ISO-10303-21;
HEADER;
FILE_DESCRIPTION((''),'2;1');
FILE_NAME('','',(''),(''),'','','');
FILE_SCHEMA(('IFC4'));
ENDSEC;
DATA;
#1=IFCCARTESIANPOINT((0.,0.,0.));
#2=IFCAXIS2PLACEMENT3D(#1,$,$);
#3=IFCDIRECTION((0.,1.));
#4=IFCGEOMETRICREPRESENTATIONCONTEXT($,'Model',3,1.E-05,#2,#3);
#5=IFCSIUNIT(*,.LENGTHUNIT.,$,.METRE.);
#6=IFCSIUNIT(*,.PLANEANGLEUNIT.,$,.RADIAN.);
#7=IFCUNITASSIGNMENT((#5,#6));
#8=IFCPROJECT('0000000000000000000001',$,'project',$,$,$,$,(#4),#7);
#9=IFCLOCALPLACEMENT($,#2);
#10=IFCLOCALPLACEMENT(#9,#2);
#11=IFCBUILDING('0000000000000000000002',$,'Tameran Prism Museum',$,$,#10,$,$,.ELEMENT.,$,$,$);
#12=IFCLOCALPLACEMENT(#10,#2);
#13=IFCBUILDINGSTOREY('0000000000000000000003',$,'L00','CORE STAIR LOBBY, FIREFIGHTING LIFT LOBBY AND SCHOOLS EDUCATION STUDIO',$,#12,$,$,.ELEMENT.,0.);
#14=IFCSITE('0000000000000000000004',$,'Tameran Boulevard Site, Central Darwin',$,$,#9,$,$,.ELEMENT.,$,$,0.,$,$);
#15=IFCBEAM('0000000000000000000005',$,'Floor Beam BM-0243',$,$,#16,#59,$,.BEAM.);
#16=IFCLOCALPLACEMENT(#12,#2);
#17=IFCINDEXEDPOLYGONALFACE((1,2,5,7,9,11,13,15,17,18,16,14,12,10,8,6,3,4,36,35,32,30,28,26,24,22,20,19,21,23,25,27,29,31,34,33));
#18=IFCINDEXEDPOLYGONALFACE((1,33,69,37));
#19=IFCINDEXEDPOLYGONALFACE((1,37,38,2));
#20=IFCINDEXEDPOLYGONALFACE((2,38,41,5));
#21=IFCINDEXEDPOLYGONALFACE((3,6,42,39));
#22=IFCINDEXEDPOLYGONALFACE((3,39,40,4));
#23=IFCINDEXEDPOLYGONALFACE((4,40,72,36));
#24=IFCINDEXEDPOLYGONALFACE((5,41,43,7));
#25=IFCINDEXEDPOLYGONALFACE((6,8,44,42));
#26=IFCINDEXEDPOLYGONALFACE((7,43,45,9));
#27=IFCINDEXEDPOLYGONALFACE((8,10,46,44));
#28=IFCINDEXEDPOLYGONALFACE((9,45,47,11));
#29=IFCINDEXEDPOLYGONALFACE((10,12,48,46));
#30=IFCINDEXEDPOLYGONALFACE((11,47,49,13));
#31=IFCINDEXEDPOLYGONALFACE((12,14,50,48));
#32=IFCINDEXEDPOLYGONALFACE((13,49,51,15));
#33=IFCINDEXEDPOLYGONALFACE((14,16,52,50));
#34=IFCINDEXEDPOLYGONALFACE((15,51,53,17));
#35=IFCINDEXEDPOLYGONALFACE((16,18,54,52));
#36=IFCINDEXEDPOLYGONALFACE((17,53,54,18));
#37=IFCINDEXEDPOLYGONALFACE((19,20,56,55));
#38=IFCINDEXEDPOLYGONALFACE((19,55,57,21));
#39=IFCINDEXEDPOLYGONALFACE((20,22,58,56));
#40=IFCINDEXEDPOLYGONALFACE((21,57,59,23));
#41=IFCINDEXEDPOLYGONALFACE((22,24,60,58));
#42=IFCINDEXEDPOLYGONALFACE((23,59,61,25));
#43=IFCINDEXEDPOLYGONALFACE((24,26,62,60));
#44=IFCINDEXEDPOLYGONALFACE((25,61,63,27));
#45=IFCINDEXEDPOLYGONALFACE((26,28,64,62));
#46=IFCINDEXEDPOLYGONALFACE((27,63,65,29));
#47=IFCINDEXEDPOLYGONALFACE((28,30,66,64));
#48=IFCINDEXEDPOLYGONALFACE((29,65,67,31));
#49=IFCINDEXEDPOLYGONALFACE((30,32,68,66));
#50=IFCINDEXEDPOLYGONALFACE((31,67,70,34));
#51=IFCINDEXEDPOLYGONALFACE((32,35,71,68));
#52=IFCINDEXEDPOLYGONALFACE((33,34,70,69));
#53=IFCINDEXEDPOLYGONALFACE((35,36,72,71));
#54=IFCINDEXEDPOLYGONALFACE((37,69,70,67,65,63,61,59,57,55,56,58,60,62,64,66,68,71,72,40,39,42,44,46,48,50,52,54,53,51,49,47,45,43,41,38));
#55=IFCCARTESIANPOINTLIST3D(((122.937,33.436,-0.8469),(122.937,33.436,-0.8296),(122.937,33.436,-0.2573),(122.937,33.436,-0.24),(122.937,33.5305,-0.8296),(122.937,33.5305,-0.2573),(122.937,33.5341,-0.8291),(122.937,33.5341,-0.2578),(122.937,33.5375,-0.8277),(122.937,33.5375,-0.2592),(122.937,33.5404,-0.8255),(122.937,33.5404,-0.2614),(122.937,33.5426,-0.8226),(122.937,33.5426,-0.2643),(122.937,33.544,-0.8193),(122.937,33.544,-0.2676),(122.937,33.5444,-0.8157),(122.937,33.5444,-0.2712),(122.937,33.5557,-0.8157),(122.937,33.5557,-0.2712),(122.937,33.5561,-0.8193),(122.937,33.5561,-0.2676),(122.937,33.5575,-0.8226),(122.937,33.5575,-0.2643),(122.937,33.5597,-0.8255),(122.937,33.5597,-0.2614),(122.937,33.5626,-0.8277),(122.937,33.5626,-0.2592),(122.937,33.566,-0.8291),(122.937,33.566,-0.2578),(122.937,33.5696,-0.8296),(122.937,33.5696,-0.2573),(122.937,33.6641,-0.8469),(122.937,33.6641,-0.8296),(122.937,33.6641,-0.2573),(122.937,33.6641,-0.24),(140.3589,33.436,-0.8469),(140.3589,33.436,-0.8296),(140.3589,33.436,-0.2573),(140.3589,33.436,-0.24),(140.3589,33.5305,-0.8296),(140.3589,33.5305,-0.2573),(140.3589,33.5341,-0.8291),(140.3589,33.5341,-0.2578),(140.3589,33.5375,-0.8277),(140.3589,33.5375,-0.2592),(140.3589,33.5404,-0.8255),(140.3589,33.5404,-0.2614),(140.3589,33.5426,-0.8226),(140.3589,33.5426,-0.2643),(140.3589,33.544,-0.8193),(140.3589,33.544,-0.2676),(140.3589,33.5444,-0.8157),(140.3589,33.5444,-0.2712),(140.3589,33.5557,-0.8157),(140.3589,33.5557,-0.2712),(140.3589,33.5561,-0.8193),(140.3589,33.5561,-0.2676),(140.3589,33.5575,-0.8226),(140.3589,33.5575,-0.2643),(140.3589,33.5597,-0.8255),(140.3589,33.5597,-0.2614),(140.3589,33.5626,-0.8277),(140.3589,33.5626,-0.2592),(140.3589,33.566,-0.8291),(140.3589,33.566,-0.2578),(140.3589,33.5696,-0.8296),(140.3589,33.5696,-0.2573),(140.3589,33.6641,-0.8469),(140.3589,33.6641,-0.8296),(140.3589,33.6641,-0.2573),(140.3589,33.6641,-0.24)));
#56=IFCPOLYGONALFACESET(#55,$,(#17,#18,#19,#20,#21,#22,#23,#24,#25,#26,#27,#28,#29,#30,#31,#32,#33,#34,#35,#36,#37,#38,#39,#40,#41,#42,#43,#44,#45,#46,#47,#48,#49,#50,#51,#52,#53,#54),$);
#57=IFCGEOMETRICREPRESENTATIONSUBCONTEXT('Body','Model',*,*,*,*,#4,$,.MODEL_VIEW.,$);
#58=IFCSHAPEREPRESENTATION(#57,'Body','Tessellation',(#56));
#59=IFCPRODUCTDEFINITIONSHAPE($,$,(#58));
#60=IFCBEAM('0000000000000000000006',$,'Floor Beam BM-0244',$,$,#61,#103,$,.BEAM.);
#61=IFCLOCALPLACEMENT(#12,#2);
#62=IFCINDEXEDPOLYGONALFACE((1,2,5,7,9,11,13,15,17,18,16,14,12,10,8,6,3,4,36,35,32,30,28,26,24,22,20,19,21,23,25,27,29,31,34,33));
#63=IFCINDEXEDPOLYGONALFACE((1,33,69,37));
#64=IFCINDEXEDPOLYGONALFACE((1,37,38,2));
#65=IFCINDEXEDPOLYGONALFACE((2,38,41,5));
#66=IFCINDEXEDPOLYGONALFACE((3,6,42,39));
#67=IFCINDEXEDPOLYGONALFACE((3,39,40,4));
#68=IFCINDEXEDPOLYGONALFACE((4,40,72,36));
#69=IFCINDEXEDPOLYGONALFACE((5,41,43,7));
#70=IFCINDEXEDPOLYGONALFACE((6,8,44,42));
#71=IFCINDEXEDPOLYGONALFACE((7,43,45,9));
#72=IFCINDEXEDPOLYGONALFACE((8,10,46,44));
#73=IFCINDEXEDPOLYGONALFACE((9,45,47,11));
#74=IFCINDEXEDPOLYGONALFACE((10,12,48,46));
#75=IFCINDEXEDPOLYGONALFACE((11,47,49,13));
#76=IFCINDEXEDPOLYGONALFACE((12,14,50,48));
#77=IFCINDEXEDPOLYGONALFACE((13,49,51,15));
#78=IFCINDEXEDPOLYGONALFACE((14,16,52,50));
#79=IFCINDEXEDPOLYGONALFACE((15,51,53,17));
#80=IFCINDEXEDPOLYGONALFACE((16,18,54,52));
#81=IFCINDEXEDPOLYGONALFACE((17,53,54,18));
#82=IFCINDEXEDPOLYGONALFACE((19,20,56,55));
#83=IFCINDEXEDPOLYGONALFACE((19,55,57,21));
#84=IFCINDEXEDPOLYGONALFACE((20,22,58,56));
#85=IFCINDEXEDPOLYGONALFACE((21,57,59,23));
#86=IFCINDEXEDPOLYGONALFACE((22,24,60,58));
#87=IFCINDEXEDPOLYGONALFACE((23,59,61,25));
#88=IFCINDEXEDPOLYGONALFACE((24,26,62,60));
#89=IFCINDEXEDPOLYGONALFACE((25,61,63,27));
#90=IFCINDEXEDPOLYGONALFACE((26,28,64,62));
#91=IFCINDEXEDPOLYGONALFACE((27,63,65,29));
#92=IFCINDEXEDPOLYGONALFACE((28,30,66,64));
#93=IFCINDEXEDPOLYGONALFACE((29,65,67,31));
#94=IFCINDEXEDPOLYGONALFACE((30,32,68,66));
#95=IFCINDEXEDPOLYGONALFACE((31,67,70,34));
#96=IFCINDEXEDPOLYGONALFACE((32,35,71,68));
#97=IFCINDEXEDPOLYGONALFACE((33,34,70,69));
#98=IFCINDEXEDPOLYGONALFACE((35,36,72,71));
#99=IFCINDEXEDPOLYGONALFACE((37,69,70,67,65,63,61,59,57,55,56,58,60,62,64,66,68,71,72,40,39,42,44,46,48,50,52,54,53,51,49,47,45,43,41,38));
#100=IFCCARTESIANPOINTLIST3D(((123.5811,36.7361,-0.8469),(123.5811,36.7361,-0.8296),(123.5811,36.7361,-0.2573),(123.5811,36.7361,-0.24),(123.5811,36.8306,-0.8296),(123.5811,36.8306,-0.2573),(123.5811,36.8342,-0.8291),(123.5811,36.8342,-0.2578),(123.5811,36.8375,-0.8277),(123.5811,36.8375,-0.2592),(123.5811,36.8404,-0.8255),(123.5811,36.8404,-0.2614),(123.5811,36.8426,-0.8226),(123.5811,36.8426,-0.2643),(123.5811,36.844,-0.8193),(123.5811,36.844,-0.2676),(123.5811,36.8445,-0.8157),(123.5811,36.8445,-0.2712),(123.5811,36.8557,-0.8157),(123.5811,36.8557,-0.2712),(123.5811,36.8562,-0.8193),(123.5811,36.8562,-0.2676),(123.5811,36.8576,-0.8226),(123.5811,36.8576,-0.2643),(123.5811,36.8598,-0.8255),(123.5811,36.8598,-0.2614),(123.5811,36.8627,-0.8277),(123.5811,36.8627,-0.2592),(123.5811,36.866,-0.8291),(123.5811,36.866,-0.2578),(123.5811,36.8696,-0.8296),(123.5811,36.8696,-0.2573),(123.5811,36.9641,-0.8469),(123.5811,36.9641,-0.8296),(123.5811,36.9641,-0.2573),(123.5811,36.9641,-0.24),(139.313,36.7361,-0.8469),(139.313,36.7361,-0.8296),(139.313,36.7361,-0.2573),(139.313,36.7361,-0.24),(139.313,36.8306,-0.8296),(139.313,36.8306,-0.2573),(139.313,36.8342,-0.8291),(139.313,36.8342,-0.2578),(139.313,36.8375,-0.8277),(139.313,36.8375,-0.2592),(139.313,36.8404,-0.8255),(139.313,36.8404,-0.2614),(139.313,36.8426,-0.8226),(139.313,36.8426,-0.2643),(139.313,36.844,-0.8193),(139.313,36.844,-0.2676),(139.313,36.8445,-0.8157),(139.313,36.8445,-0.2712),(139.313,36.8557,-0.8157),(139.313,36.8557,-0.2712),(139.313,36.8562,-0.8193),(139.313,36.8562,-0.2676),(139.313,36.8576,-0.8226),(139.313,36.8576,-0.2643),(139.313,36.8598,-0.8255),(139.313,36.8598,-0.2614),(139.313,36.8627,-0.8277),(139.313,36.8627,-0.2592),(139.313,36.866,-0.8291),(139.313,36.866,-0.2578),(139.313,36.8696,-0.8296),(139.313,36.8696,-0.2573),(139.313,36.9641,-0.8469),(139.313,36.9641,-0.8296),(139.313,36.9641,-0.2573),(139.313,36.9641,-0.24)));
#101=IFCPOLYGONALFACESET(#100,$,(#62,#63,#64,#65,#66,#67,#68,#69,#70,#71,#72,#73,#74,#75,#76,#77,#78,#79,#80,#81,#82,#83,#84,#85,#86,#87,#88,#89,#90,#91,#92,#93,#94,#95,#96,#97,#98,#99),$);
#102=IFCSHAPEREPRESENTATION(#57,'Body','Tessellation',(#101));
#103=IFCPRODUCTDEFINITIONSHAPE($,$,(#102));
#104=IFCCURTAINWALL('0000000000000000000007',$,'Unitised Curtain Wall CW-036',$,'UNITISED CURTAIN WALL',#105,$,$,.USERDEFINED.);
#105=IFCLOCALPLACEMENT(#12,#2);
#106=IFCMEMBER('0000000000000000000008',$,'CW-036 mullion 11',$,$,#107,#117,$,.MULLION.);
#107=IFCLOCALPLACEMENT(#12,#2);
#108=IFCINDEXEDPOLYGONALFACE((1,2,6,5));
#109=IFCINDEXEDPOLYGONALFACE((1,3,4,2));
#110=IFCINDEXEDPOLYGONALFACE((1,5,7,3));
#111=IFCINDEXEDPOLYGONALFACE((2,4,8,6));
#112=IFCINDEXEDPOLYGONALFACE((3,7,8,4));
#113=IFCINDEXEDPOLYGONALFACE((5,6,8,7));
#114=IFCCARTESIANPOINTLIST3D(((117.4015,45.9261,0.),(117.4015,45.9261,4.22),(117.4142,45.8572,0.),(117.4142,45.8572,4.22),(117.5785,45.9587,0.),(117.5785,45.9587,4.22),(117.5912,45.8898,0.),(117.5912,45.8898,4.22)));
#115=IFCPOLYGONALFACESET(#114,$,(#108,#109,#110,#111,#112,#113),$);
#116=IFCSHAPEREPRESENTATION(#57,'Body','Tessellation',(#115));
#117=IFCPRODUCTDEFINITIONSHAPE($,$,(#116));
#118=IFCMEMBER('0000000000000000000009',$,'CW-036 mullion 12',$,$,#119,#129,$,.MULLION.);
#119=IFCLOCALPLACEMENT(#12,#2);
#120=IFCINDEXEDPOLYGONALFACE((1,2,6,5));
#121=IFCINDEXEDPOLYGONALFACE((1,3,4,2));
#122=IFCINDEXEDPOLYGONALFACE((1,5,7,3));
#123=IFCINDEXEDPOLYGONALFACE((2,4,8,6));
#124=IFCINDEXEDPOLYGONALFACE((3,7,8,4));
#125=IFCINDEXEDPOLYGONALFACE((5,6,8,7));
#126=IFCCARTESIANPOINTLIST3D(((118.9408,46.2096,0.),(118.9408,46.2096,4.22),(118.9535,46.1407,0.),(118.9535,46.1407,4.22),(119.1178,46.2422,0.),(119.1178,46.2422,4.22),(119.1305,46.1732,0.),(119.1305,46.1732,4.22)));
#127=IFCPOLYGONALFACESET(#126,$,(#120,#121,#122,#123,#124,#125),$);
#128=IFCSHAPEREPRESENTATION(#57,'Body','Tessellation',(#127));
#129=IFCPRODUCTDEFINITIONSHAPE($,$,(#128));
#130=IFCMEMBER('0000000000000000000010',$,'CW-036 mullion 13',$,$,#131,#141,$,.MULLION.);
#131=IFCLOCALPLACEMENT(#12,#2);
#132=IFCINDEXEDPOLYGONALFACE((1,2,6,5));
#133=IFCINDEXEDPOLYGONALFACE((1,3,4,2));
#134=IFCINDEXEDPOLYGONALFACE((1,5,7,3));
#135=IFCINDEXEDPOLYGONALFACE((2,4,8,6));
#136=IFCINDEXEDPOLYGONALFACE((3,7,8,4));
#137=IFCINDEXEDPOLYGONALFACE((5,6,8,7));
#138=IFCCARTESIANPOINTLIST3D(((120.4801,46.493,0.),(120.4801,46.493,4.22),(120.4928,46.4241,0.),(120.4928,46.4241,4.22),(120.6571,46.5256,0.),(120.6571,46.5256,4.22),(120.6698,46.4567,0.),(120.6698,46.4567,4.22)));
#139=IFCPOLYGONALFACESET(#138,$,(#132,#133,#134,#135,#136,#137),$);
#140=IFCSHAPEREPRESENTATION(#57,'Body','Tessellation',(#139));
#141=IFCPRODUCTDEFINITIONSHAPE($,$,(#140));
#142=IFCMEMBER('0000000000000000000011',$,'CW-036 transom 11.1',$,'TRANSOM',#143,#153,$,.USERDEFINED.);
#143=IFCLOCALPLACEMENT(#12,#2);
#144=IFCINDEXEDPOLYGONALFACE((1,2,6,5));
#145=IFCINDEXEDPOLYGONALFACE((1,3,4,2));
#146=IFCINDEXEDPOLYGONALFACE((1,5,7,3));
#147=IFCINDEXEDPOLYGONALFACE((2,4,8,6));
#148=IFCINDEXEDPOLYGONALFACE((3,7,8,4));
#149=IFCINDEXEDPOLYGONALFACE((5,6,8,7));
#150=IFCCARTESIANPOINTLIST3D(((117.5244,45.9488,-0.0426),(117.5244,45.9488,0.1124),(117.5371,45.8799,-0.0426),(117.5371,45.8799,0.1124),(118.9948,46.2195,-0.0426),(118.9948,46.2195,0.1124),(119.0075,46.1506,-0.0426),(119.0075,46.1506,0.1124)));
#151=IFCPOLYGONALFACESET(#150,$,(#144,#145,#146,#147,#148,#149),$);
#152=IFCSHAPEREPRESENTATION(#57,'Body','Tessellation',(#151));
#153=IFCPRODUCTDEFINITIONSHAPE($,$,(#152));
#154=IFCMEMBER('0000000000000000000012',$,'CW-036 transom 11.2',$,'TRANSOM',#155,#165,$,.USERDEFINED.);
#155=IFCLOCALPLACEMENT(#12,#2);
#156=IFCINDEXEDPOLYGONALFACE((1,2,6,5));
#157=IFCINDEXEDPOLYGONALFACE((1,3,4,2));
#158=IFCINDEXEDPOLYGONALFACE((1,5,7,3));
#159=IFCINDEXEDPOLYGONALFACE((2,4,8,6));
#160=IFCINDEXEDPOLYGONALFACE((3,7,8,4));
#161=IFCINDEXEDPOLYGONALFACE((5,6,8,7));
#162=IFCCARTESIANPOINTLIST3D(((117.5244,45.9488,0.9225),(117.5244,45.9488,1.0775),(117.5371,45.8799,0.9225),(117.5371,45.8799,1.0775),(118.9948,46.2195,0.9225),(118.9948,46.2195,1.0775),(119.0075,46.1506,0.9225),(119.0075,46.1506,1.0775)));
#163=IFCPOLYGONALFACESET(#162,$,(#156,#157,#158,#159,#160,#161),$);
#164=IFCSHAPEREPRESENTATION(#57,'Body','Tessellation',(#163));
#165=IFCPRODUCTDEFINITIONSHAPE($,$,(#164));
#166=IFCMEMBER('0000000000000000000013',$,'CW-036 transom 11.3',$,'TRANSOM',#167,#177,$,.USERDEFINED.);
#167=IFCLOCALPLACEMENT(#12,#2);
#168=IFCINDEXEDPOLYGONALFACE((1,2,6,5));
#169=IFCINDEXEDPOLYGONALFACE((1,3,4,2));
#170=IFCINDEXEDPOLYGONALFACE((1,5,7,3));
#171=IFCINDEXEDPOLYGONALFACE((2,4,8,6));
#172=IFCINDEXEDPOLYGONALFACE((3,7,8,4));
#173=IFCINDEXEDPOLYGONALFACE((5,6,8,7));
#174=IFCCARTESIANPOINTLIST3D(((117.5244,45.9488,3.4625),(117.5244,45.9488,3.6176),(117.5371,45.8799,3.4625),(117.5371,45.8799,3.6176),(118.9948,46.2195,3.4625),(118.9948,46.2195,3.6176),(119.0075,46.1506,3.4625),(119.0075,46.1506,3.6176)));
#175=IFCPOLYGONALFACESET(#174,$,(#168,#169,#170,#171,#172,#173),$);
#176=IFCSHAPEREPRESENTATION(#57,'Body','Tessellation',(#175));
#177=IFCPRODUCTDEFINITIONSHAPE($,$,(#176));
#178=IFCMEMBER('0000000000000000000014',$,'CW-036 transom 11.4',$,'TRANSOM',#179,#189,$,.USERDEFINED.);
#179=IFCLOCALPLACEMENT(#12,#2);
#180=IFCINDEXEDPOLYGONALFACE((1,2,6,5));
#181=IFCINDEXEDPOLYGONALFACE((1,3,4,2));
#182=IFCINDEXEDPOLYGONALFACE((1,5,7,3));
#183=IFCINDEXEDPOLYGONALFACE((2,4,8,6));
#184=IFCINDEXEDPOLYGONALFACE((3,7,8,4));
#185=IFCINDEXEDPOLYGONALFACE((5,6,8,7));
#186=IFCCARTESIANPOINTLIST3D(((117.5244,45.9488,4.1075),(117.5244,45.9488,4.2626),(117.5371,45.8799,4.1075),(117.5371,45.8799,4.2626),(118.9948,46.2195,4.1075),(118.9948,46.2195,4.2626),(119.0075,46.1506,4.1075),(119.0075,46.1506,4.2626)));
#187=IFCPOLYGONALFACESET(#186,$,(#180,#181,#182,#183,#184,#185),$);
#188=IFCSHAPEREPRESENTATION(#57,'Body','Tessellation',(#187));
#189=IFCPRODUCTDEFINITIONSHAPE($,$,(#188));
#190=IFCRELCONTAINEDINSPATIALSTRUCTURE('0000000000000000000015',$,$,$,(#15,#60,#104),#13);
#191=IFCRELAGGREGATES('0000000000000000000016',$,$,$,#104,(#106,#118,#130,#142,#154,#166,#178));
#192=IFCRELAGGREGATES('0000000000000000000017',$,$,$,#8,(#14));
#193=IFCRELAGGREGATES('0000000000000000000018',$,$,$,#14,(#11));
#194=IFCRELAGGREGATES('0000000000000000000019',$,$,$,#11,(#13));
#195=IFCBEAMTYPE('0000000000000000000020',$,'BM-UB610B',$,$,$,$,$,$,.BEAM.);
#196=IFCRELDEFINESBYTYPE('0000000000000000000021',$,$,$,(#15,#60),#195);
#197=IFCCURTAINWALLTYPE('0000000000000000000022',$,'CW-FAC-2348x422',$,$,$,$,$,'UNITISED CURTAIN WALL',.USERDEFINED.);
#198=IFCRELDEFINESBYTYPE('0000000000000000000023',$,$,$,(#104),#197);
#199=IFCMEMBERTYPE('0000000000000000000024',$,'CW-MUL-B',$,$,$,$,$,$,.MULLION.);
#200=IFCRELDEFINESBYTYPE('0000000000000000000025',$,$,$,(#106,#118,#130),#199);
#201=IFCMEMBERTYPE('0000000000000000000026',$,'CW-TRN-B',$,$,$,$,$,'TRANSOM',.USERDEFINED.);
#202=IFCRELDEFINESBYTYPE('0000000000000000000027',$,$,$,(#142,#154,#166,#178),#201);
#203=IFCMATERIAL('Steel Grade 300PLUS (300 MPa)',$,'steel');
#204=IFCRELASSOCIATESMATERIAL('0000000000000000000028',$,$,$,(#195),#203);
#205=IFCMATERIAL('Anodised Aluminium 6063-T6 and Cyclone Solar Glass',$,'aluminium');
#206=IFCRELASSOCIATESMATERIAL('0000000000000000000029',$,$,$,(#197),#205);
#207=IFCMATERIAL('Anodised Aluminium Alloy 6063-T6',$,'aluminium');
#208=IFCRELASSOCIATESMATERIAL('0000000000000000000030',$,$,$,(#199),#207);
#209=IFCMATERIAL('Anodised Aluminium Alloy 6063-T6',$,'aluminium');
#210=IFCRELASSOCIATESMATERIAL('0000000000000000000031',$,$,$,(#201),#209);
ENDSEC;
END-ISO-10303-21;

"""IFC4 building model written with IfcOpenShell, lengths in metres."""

from ifc_helpers import new_model, si_unit, direction, frame, origin, origin_2d, place, context, subcontext, project, spatial, rectangle, i_section, extrude, material, material_profile, profile_set, type_object, element, aggregate, save


model = new_model("IFC4")

# Units and contexts
model_context = context("Model", 3, precision=1e-05, world=origin(), true_north=direction((0.0, 1.0)))
body_context = subcontext(model_context, "Body", "Model", "MODEL_VIEW")
ifc_project = project(units=[si_unit("LENGTHUNIT", "METRE"), si_unit("PLANEANGLEUNIT", "RADIAN")], contexts=[model_context])

# Site, building, storey
site_placement = place(None, origin())
site = spatial("IfcSite", under=ifc_project, at=site_placement, Name="Tameran Boulevard Site, Central Darwin", CompositionType="ELEMENT", RefElevation=0.0)
building_placement = place(site_placement, origin())
building = spatial("IfcBuilding", under=site, at=building_placement, Name="Tameran Prism Museum", CompositionType="ELEMENT")
storey_placement = place(building_placement, origin())
storey = spatial("IfcBuildingStorey", under=building, at=storey_placement, Name="L00", Description="CORE STAIR LOBBY, FIREFIGHTING LIFT LOBBY AND SCHOOLS EDUCATION STUDIO", CompositionType="ELEMENT", Elevation=0.0)

# Beams
ifc_material_1 = material(Name="Steel Grade 300PLUS (300 MPa)", Category="steel")
ifc_material_profile_1 = material_profile(ifc_material_1, i_section(OverallWidth=0.228, OverallDepth=0.6069, WebThickness=0.0112, FlangeThickness=0.0173, FilletRadius=0.0139, at=origin_2d()))
ifc_profile_set_1 = profile_set([ifc_material_profile_1])
beam_type = type_object("IfcBeamType", Name="BM-UB610B", PredefinedType="BEAM", material=ifc_profile_set_1)
beam_1_placement = place(storey_placement, frame((122.937, 33.55, -0.5435), z_axis=(1.0, 0.0, 0.0), x_axis=(0.0, 1.0, 0.0)))
element("IfcBeam", 1, at=beam_1_placement, inside=storey, type_object=beam_type, Name="Floor Beam BM-0243", PredefinedType="BEAM", context=body_context, shape_type="SweptSolid", body=[
    extrude(i_section(OverallWidth=0.228, OverallDepth=0.6069, WebThickness=0.0112, FlangeThickness=0.0173, FilletRadius=0.0139, at=origin_2d()), origin(), (0.0, 0.0, 1.0), 17.4219),
])
beam_2_placement = place(storey_placement, frame((123.5811, 36.8501, -0.5435), z_axis=(1.0, 0.0, 0.0), x_axis=(0.0, 1.0, 0.0)))
element("IfcBeam", 2, at=beam_2_placement, inside=storey, type_object=beam_type, Name="Floor Beam BM-0244", PredefinedType="BEAM", context=body_context, shape_type="SweptSolid", body=[
    extrude(i_section(OverallWidth=0.228, OverallDepth=0.6069, WebThickness=0.0112, FlangeThickness=0.0173, FilletRadius=0.0139, at=origin_2d()), origin(), (0.0, 0.0, 1.0), 15.7319),
])

# Curtain wall, members
ifc_material_2 = material(Name="Anodised Aluminium 6063-T6 and Cyclone Solar Glass", Category="aluminium")
curtain_wall_type = type_object("IfcCurtainWallType", Name="CW-FAC-2348x422", ElementType="UNITISED CURTAIN WALL", PredefinedType="USERDEFINED", material=ifc_material_2)
curtain_wall_placement = place(storey_placement, origin())
curtain_wall = element("IfcCurtainWall", 3, at=curtain_wall_placement, inside=storey, type_object=curtain_wall_type, Name="Unitised Curtain Wall CW-036", ObjectType="UNITISED CURTAIN WALL", PredefinedType="USERDEFINED")
ifc_material_3 = material(Name="Anodised Aluminium Alloy 6063-T6", Category="aluminium")
ifc_material_profile_2 = material_profile(ifc_material_3, rectangle(XDim=0.0701, YDim=0.1799, at=origin_2d()))
ifc_profile_set_2 = profile_set([ifc_material_profile_2])
member_type_1 = type_object("IfcMemberType", Name="CW-MUL-B", PredefinedType="MULLION", material=ifc_profile_set_2)
member_1_placement = place(storey_placement, frame((117.4963, 45.908, 0.0), z_axis=(0.0, 0.0, 1.0), x_axis=(-0.181063, 0.983472, 0.0)))
member_1 = element("IfcMember", 4, at=member_1_placement, type_object=member_type_1, Name="CW-036 mullion 11", PredefinedType="MULLION", context=body_context, shape_type="SweptSolid", body=[
    extrude(rectangle(XDim=0.0701, YDim=0.1799, at=origin_2d()), origin(), (0.0, 0.0, 1.0), 4.22),
])
member_2_placement = place(storey_placement, frame((119.0356, 46.1914, 0.0), z_axis=(0.0, 0.0, 1.0), x_axis=(-0.181063, 0.983472, 0.0)))
member_2 = element("IfcMember", 5, at=member_2_placement, type_object=member_type_1, Name="CW-036 mullion 12", PredefinedType="MULLION", context=body_context, shape_type="SweptSolid", body=[
    extrude(rectangle(XDim=0.0701, YDim=0.1799, at=origin_2d()), origin(), (0.0, 0.0, 1.0), 4.22),
])
member_3_placement = place(storey_placement, frame((120.575, 46.4749, 0.0), z_axis=(0.0, 0.0, 1.0), x_axis=(-0.181063, 0.983472, 0.0)))
member_3 = element("IfcMember", 6, at=member_3_placement, type_object=member_type_1, Name="CW-036 mullion 13", PredefinedType="MULLION", context=body_context, shape_type="SweptSolid", body=[
    extrude(rectangle(XDim=0.0701, YDim=0.1799, at=origin_2d()), origin(), (0.0, 0.0, 1.0), 4.22),
])
ifc_material_4 = material(Name="Anodised Aluminium Alloy 6063-T6", Category="aluminium")
ifc_material_profile_3 = material_profile(ifc_material_4, rectangle(XDim=0.0701, YDim=0.155, at=origin_2d()))
ifc_profile_set_3 = profile_set([ifc_material_profile_3])
member_type_2 = type_object("IfcMemberType", Name="CW-TRN-B", ElementType="TRANSOM", PredefinedType="USERDEFINED", material=ifc_profile_set_3)
member_4_placement = place(storey_placement, frame((117.5308, 45.9143, 0.0349), z_axis=(0.983468, 0.181083, 0.0), x_axis=(-0.181083, 0.983468, 0.0)))
member_4 = element("IfcMember", 7, at=member_4_placement, type_object=member_type_2, Name="CW-036 transom 11.1", ObjectType="TRANSOM", PredefinedType="USERDEFINED", context=body_context, shape_type="SweptSolid", body=[
    extrude(rectangle(XDim=0.0701, YDim=0.155, at=origin_2d()), origin(), (0.0, 0.0, 1.0), 1.4951),
])
member_5_placement = place(storey_placement, frame((117.5308, 45.9143, 1.0), z_axis=(0.983468, 0.181083, 0.0), x_axis=(-0.181083, 0.983468, 0.0)))
member_5 = element("IfcMember", 8, at=member_5_placement, type_object=member_type_2, Name="CW-036 transom 11.2", ObjectType="TRANSOM", PredefinedType="USERDEFINED", context=body_context, shape_type="SweptSolid", body=[
    extrude(rectangle(XDim=0.0701, YDim=0.155, at=origin_2d()), origin(), (0.0, 0.0, 1.0), 1.4951),
])
member_6_placement = place(storey_placement, frame((117.5308, 45.9143, 3.54), z_axis=(0.983468, 0.181083, 0.0), x_axis=(-0.181083, 0.983468, 0.0)))
member_6 = element("IfcMember", 9, at=member_6_placement, type_object=member_type_2, Name="CW-036 transom 11.3", ObjectType="TRANSOM", PredefinedType="USERDEFINED", context=body_context, shape_type="SweptSolid", body=[
    extrude(rectangle(XDim=0.0701, YDim=0.155, at=origin_2d()), origin(), (0.0, 0.0, 1.0), 1.4951),
])
member_7_placement = place(storey_placement, frame((117.5308, 45.9143, 4.1851), z_axis=(0.983468, 0.181083, 0.0), x_axis=(-0.181083, 0.983468, 0.0)))
member_7 = element("IfcMember", 10, at=member_7_placement, type_object=member_type_2, Name="CW-036 transom 11.4", ObjectType="TRANSOM", PredefinedType="USERDEFINED", context=body_context, shape_type="SweptSolid", body=[
    extrude(rectangle(XDim=0.0701, YDim=0.155, at=origin_2d()), origin(), (0.0, 0.0, 1.0), 1.4951),
])
aggregate(curtain_wall, [member_1, member_2, member_3, member_4, member_5, member_6, member_7])

save(model, "model.ifc")
